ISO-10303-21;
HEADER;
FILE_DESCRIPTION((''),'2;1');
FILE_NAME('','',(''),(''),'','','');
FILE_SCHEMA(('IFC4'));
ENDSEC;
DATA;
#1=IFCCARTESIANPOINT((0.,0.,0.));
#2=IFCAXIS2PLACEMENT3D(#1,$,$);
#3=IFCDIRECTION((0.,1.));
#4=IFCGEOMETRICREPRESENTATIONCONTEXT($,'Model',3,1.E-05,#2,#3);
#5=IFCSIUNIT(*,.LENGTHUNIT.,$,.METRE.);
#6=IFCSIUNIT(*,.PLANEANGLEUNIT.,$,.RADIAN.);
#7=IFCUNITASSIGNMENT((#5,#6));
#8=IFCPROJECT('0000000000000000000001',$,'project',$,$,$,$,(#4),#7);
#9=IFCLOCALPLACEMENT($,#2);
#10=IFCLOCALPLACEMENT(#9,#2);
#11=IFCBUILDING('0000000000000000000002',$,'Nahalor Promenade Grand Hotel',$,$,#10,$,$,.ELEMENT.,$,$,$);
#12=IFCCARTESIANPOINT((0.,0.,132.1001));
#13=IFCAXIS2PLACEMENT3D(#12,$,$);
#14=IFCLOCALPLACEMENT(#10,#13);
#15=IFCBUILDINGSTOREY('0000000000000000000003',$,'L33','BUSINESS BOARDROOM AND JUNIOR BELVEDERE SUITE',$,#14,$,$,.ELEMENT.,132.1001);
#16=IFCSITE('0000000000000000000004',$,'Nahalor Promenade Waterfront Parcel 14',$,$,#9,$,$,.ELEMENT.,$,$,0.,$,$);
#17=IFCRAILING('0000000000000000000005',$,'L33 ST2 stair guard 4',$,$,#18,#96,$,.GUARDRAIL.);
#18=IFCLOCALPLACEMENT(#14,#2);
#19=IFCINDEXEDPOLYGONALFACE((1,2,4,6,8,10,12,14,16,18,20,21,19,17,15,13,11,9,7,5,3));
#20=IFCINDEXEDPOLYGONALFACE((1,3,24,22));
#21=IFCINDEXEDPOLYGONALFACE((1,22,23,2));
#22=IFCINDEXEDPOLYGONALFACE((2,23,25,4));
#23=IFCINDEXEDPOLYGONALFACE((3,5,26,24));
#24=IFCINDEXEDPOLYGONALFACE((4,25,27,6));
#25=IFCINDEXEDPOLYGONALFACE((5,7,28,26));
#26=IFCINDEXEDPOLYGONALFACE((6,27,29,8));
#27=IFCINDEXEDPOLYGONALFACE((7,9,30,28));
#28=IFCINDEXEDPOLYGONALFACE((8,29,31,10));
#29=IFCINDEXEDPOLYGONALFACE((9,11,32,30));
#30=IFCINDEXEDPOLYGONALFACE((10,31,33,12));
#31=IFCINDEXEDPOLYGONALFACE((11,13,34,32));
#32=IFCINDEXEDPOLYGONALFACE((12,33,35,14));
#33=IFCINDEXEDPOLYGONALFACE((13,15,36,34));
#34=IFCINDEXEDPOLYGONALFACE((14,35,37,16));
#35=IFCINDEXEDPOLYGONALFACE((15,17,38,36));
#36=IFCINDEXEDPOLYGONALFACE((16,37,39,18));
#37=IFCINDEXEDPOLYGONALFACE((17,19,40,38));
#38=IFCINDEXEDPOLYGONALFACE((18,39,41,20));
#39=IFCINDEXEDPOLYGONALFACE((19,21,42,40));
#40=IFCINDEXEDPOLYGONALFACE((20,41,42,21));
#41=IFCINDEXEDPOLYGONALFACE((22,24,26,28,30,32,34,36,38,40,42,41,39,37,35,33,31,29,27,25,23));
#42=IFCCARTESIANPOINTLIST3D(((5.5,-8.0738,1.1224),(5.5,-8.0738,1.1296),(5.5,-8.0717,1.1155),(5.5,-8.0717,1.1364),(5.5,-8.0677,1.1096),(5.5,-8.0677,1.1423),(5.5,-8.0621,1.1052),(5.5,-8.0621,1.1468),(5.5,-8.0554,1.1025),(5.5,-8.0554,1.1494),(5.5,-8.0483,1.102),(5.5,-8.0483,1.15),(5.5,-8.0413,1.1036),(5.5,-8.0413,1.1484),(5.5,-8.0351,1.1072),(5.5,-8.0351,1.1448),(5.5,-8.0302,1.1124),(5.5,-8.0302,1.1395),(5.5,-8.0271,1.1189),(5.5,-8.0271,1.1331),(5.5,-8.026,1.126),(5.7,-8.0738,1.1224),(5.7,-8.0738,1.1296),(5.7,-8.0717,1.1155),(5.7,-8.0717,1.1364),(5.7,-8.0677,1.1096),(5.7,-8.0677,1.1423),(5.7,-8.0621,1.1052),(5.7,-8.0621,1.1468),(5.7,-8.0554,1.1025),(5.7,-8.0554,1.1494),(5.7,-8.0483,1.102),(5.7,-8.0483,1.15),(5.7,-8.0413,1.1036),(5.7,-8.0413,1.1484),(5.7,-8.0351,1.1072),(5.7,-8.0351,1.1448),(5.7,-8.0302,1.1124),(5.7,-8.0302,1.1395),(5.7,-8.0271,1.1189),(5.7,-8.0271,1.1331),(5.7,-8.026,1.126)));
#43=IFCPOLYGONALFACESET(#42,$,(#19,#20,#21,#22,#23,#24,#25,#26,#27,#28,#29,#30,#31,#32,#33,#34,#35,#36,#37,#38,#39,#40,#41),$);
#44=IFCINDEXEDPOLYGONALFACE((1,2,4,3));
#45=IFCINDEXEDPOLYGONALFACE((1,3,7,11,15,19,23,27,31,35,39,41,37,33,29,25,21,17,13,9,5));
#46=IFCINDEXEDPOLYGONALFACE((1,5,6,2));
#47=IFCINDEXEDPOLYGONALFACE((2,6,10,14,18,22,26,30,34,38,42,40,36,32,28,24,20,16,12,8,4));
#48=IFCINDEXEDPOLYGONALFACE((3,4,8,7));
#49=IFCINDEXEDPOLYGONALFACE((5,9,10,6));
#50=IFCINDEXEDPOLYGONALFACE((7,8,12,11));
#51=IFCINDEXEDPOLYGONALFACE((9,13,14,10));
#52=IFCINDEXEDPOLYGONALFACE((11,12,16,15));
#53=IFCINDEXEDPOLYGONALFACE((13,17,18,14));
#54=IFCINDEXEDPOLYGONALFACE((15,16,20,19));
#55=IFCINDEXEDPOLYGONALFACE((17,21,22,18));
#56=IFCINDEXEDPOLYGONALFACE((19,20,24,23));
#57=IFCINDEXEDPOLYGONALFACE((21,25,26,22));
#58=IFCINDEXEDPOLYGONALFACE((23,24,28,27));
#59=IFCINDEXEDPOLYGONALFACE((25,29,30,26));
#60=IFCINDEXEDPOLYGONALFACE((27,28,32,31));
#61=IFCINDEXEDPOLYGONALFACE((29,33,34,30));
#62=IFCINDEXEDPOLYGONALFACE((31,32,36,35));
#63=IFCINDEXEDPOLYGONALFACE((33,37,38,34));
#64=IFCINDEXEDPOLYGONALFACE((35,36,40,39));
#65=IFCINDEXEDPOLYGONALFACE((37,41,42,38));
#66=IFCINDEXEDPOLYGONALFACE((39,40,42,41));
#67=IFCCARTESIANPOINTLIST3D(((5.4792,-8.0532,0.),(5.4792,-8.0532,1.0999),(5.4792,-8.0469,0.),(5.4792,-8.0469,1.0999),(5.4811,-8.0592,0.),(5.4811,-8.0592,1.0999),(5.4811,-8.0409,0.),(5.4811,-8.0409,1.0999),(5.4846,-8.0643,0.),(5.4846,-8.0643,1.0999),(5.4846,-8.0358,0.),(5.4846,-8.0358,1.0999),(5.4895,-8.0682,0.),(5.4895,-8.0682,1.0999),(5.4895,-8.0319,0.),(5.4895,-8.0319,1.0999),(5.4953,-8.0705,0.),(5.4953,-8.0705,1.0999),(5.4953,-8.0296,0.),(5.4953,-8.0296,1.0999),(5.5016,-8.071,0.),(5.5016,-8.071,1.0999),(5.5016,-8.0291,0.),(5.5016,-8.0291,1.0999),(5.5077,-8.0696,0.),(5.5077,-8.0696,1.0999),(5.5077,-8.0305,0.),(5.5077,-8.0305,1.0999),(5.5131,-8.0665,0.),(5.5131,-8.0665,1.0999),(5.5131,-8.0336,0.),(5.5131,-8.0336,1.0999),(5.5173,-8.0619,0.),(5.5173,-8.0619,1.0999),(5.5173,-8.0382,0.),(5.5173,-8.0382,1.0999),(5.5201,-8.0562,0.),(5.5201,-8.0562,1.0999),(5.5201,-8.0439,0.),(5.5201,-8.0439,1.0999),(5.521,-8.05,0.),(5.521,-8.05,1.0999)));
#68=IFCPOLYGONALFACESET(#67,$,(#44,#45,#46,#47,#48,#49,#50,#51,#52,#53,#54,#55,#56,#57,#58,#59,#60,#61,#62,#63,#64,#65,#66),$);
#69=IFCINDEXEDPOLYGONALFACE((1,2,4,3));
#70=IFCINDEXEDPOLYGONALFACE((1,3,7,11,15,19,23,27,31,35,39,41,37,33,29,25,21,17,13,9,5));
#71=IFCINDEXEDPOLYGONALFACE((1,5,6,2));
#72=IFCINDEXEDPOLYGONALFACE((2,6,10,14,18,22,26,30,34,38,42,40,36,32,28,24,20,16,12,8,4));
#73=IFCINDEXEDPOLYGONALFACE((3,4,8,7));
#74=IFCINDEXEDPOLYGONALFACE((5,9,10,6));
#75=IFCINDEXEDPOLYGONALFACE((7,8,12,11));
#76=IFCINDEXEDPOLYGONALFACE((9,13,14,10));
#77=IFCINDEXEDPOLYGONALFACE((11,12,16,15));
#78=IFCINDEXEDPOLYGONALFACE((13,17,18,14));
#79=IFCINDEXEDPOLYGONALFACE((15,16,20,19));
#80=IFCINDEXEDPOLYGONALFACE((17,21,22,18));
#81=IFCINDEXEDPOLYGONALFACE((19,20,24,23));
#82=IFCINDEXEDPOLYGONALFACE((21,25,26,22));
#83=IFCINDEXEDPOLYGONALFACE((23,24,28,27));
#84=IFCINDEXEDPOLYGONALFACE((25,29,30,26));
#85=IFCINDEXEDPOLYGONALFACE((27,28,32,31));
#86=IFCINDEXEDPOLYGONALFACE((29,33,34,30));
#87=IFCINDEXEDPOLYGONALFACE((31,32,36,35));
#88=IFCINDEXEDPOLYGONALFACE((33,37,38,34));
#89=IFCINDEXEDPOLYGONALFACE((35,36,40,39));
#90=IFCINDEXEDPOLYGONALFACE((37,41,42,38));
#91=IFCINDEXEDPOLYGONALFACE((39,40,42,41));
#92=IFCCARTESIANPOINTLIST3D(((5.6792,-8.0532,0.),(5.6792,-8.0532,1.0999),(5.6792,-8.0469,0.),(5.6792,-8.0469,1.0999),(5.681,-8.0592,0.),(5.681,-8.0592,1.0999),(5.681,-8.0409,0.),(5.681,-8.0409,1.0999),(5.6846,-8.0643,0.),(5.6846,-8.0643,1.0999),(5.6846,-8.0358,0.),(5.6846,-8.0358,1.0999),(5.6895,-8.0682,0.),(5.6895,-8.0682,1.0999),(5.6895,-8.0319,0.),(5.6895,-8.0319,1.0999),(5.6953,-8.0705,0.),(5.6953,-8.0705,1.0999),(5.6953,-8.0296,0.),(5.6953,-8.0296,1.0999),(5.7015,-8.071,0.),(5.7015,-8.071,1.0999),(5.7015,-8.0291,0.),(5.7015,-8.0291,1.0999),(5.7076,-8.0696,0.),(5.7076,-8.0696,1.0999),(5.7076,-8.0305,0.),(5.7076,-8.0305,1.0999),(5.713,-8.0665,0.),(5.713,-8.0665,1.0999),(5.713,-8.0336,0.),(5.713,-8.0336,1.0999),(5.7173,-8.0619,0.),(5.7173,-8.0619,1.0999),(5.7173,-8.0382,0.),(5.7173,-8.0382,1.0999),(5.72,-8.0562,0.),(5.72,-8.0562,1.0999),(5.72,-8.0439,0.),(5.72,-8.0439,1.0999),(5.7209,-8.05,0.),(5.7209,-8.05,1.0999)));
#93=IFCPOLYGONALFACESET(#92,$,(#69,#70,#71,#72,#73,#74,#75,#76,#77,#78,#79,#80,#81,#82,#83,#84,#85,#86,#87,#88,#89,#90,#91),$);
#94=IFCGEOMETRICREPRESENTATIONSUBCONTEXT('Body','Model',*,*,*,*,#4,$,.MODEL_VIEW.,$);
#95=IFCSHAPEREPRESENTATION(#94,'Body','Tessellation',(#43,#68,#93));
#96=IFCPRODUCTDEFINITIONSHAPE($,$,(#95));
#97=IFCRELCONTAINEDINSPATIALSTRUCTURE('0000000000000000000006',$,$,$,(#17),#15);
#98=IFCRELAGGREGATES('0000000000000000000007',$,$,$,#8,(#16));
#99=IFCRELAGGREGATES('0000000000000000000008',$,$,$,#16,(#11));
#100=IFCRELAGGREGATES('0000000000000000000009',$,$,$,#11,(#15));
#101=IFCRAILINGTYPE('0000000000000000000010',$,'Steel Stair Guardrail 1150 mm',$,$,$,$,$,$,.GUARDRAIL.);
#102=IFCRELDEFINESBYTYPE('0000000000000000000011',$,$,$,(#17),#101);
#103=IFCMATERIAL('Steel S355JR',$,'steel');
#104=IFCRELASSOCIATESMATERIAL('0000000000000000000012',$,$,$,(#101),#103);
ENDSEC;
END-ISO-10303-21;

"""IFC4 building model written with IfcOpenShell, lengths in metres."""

from ifc_helpers import new_model, si_unit, direction, frame, origin, origin_2d, place, context, subcontext, project, spatial, circle, extrude, material, type_object, element, save


model = new_model("IFC4")

# Units and contexts
model_context = context("Model", 3, precision=1e-05, world=origin(), true_north=direction((0.0, 1.0)))
body_context = subcontext(model_context, "Body", "Model", "MODEL_VIEW")
ifc_project = project(units=[si_unit("LENGTHUNIT", "METRE"), si_unit("PLANEANGLEUNIT", "RADIAN")], contexts=[model_context])

# Site, building, storey
site_placement = place(None, origin())
site = spatial("IfcSite", under=ifc_project, at=site_placement, Name="Nahalor Promenade Waterfront Parcel 14", CompositionType="ELEMENT", RefElevation=0.0)
building_placement = place(site_placement, origin())
building = spatial("IfcBuilding", under=site, at=building_placement, Name="Nahalor Promenade Grand Hotel", CompositionType="ELEMENT")
storey_placement = place(building_placement, frame((0.0, 0.0, 132.1001)))
storey = spatial("IfcBuildingStorey", under=building, at=storey_placement, Name="L33", Description="BUSINESS BOARDROOM AND JUNIOR BELVEDERE SUITE", CompositionType="ELEMENT", Elevation=132.1001)

# Shared definitions
ifc_material_1 = material(Name="Steel S355JR", Category="steel")

# Railing
railing_type_1 = type_object("IfcRailingType", Name="Steel Stair Guardrail 1150 mm", PredefinedType="GUARDRAIL", material=ifc_material_1)
railing_1_placement = place(storey_placement, frame((5.5, -8.05, 0.0)))
element("IfcRailing", 1, at=railing_1_placement, inside=storey, type_object=railing_type_1, Name="L33 ST2 stair guard 4", PredefinedType="GUARDRAIL", context=body_context, shape_type="SweptSolid", body=[
    extrude(circle(Radius=0.024, at=origin_2d()), frame((0.0, 0.0, 1.126), z_axis=(1.0, 0.0, 0.0), x_axis=(0.0, 1.0, 0.0)), (0.0, 0.0, 1.0), 0.2),
    extrude(circle(Radius=0.021, at=origin_2d()), origin(), (0.0, 0.0, 1.0), 1.0999),
    extrude(circle(Radius=0.021, at=origin_2d()), frame((0.2, 0.0, 0.0)), (0.0, 0.0, 1.0), 1.0999),
])

save(model, "model.ifc")
